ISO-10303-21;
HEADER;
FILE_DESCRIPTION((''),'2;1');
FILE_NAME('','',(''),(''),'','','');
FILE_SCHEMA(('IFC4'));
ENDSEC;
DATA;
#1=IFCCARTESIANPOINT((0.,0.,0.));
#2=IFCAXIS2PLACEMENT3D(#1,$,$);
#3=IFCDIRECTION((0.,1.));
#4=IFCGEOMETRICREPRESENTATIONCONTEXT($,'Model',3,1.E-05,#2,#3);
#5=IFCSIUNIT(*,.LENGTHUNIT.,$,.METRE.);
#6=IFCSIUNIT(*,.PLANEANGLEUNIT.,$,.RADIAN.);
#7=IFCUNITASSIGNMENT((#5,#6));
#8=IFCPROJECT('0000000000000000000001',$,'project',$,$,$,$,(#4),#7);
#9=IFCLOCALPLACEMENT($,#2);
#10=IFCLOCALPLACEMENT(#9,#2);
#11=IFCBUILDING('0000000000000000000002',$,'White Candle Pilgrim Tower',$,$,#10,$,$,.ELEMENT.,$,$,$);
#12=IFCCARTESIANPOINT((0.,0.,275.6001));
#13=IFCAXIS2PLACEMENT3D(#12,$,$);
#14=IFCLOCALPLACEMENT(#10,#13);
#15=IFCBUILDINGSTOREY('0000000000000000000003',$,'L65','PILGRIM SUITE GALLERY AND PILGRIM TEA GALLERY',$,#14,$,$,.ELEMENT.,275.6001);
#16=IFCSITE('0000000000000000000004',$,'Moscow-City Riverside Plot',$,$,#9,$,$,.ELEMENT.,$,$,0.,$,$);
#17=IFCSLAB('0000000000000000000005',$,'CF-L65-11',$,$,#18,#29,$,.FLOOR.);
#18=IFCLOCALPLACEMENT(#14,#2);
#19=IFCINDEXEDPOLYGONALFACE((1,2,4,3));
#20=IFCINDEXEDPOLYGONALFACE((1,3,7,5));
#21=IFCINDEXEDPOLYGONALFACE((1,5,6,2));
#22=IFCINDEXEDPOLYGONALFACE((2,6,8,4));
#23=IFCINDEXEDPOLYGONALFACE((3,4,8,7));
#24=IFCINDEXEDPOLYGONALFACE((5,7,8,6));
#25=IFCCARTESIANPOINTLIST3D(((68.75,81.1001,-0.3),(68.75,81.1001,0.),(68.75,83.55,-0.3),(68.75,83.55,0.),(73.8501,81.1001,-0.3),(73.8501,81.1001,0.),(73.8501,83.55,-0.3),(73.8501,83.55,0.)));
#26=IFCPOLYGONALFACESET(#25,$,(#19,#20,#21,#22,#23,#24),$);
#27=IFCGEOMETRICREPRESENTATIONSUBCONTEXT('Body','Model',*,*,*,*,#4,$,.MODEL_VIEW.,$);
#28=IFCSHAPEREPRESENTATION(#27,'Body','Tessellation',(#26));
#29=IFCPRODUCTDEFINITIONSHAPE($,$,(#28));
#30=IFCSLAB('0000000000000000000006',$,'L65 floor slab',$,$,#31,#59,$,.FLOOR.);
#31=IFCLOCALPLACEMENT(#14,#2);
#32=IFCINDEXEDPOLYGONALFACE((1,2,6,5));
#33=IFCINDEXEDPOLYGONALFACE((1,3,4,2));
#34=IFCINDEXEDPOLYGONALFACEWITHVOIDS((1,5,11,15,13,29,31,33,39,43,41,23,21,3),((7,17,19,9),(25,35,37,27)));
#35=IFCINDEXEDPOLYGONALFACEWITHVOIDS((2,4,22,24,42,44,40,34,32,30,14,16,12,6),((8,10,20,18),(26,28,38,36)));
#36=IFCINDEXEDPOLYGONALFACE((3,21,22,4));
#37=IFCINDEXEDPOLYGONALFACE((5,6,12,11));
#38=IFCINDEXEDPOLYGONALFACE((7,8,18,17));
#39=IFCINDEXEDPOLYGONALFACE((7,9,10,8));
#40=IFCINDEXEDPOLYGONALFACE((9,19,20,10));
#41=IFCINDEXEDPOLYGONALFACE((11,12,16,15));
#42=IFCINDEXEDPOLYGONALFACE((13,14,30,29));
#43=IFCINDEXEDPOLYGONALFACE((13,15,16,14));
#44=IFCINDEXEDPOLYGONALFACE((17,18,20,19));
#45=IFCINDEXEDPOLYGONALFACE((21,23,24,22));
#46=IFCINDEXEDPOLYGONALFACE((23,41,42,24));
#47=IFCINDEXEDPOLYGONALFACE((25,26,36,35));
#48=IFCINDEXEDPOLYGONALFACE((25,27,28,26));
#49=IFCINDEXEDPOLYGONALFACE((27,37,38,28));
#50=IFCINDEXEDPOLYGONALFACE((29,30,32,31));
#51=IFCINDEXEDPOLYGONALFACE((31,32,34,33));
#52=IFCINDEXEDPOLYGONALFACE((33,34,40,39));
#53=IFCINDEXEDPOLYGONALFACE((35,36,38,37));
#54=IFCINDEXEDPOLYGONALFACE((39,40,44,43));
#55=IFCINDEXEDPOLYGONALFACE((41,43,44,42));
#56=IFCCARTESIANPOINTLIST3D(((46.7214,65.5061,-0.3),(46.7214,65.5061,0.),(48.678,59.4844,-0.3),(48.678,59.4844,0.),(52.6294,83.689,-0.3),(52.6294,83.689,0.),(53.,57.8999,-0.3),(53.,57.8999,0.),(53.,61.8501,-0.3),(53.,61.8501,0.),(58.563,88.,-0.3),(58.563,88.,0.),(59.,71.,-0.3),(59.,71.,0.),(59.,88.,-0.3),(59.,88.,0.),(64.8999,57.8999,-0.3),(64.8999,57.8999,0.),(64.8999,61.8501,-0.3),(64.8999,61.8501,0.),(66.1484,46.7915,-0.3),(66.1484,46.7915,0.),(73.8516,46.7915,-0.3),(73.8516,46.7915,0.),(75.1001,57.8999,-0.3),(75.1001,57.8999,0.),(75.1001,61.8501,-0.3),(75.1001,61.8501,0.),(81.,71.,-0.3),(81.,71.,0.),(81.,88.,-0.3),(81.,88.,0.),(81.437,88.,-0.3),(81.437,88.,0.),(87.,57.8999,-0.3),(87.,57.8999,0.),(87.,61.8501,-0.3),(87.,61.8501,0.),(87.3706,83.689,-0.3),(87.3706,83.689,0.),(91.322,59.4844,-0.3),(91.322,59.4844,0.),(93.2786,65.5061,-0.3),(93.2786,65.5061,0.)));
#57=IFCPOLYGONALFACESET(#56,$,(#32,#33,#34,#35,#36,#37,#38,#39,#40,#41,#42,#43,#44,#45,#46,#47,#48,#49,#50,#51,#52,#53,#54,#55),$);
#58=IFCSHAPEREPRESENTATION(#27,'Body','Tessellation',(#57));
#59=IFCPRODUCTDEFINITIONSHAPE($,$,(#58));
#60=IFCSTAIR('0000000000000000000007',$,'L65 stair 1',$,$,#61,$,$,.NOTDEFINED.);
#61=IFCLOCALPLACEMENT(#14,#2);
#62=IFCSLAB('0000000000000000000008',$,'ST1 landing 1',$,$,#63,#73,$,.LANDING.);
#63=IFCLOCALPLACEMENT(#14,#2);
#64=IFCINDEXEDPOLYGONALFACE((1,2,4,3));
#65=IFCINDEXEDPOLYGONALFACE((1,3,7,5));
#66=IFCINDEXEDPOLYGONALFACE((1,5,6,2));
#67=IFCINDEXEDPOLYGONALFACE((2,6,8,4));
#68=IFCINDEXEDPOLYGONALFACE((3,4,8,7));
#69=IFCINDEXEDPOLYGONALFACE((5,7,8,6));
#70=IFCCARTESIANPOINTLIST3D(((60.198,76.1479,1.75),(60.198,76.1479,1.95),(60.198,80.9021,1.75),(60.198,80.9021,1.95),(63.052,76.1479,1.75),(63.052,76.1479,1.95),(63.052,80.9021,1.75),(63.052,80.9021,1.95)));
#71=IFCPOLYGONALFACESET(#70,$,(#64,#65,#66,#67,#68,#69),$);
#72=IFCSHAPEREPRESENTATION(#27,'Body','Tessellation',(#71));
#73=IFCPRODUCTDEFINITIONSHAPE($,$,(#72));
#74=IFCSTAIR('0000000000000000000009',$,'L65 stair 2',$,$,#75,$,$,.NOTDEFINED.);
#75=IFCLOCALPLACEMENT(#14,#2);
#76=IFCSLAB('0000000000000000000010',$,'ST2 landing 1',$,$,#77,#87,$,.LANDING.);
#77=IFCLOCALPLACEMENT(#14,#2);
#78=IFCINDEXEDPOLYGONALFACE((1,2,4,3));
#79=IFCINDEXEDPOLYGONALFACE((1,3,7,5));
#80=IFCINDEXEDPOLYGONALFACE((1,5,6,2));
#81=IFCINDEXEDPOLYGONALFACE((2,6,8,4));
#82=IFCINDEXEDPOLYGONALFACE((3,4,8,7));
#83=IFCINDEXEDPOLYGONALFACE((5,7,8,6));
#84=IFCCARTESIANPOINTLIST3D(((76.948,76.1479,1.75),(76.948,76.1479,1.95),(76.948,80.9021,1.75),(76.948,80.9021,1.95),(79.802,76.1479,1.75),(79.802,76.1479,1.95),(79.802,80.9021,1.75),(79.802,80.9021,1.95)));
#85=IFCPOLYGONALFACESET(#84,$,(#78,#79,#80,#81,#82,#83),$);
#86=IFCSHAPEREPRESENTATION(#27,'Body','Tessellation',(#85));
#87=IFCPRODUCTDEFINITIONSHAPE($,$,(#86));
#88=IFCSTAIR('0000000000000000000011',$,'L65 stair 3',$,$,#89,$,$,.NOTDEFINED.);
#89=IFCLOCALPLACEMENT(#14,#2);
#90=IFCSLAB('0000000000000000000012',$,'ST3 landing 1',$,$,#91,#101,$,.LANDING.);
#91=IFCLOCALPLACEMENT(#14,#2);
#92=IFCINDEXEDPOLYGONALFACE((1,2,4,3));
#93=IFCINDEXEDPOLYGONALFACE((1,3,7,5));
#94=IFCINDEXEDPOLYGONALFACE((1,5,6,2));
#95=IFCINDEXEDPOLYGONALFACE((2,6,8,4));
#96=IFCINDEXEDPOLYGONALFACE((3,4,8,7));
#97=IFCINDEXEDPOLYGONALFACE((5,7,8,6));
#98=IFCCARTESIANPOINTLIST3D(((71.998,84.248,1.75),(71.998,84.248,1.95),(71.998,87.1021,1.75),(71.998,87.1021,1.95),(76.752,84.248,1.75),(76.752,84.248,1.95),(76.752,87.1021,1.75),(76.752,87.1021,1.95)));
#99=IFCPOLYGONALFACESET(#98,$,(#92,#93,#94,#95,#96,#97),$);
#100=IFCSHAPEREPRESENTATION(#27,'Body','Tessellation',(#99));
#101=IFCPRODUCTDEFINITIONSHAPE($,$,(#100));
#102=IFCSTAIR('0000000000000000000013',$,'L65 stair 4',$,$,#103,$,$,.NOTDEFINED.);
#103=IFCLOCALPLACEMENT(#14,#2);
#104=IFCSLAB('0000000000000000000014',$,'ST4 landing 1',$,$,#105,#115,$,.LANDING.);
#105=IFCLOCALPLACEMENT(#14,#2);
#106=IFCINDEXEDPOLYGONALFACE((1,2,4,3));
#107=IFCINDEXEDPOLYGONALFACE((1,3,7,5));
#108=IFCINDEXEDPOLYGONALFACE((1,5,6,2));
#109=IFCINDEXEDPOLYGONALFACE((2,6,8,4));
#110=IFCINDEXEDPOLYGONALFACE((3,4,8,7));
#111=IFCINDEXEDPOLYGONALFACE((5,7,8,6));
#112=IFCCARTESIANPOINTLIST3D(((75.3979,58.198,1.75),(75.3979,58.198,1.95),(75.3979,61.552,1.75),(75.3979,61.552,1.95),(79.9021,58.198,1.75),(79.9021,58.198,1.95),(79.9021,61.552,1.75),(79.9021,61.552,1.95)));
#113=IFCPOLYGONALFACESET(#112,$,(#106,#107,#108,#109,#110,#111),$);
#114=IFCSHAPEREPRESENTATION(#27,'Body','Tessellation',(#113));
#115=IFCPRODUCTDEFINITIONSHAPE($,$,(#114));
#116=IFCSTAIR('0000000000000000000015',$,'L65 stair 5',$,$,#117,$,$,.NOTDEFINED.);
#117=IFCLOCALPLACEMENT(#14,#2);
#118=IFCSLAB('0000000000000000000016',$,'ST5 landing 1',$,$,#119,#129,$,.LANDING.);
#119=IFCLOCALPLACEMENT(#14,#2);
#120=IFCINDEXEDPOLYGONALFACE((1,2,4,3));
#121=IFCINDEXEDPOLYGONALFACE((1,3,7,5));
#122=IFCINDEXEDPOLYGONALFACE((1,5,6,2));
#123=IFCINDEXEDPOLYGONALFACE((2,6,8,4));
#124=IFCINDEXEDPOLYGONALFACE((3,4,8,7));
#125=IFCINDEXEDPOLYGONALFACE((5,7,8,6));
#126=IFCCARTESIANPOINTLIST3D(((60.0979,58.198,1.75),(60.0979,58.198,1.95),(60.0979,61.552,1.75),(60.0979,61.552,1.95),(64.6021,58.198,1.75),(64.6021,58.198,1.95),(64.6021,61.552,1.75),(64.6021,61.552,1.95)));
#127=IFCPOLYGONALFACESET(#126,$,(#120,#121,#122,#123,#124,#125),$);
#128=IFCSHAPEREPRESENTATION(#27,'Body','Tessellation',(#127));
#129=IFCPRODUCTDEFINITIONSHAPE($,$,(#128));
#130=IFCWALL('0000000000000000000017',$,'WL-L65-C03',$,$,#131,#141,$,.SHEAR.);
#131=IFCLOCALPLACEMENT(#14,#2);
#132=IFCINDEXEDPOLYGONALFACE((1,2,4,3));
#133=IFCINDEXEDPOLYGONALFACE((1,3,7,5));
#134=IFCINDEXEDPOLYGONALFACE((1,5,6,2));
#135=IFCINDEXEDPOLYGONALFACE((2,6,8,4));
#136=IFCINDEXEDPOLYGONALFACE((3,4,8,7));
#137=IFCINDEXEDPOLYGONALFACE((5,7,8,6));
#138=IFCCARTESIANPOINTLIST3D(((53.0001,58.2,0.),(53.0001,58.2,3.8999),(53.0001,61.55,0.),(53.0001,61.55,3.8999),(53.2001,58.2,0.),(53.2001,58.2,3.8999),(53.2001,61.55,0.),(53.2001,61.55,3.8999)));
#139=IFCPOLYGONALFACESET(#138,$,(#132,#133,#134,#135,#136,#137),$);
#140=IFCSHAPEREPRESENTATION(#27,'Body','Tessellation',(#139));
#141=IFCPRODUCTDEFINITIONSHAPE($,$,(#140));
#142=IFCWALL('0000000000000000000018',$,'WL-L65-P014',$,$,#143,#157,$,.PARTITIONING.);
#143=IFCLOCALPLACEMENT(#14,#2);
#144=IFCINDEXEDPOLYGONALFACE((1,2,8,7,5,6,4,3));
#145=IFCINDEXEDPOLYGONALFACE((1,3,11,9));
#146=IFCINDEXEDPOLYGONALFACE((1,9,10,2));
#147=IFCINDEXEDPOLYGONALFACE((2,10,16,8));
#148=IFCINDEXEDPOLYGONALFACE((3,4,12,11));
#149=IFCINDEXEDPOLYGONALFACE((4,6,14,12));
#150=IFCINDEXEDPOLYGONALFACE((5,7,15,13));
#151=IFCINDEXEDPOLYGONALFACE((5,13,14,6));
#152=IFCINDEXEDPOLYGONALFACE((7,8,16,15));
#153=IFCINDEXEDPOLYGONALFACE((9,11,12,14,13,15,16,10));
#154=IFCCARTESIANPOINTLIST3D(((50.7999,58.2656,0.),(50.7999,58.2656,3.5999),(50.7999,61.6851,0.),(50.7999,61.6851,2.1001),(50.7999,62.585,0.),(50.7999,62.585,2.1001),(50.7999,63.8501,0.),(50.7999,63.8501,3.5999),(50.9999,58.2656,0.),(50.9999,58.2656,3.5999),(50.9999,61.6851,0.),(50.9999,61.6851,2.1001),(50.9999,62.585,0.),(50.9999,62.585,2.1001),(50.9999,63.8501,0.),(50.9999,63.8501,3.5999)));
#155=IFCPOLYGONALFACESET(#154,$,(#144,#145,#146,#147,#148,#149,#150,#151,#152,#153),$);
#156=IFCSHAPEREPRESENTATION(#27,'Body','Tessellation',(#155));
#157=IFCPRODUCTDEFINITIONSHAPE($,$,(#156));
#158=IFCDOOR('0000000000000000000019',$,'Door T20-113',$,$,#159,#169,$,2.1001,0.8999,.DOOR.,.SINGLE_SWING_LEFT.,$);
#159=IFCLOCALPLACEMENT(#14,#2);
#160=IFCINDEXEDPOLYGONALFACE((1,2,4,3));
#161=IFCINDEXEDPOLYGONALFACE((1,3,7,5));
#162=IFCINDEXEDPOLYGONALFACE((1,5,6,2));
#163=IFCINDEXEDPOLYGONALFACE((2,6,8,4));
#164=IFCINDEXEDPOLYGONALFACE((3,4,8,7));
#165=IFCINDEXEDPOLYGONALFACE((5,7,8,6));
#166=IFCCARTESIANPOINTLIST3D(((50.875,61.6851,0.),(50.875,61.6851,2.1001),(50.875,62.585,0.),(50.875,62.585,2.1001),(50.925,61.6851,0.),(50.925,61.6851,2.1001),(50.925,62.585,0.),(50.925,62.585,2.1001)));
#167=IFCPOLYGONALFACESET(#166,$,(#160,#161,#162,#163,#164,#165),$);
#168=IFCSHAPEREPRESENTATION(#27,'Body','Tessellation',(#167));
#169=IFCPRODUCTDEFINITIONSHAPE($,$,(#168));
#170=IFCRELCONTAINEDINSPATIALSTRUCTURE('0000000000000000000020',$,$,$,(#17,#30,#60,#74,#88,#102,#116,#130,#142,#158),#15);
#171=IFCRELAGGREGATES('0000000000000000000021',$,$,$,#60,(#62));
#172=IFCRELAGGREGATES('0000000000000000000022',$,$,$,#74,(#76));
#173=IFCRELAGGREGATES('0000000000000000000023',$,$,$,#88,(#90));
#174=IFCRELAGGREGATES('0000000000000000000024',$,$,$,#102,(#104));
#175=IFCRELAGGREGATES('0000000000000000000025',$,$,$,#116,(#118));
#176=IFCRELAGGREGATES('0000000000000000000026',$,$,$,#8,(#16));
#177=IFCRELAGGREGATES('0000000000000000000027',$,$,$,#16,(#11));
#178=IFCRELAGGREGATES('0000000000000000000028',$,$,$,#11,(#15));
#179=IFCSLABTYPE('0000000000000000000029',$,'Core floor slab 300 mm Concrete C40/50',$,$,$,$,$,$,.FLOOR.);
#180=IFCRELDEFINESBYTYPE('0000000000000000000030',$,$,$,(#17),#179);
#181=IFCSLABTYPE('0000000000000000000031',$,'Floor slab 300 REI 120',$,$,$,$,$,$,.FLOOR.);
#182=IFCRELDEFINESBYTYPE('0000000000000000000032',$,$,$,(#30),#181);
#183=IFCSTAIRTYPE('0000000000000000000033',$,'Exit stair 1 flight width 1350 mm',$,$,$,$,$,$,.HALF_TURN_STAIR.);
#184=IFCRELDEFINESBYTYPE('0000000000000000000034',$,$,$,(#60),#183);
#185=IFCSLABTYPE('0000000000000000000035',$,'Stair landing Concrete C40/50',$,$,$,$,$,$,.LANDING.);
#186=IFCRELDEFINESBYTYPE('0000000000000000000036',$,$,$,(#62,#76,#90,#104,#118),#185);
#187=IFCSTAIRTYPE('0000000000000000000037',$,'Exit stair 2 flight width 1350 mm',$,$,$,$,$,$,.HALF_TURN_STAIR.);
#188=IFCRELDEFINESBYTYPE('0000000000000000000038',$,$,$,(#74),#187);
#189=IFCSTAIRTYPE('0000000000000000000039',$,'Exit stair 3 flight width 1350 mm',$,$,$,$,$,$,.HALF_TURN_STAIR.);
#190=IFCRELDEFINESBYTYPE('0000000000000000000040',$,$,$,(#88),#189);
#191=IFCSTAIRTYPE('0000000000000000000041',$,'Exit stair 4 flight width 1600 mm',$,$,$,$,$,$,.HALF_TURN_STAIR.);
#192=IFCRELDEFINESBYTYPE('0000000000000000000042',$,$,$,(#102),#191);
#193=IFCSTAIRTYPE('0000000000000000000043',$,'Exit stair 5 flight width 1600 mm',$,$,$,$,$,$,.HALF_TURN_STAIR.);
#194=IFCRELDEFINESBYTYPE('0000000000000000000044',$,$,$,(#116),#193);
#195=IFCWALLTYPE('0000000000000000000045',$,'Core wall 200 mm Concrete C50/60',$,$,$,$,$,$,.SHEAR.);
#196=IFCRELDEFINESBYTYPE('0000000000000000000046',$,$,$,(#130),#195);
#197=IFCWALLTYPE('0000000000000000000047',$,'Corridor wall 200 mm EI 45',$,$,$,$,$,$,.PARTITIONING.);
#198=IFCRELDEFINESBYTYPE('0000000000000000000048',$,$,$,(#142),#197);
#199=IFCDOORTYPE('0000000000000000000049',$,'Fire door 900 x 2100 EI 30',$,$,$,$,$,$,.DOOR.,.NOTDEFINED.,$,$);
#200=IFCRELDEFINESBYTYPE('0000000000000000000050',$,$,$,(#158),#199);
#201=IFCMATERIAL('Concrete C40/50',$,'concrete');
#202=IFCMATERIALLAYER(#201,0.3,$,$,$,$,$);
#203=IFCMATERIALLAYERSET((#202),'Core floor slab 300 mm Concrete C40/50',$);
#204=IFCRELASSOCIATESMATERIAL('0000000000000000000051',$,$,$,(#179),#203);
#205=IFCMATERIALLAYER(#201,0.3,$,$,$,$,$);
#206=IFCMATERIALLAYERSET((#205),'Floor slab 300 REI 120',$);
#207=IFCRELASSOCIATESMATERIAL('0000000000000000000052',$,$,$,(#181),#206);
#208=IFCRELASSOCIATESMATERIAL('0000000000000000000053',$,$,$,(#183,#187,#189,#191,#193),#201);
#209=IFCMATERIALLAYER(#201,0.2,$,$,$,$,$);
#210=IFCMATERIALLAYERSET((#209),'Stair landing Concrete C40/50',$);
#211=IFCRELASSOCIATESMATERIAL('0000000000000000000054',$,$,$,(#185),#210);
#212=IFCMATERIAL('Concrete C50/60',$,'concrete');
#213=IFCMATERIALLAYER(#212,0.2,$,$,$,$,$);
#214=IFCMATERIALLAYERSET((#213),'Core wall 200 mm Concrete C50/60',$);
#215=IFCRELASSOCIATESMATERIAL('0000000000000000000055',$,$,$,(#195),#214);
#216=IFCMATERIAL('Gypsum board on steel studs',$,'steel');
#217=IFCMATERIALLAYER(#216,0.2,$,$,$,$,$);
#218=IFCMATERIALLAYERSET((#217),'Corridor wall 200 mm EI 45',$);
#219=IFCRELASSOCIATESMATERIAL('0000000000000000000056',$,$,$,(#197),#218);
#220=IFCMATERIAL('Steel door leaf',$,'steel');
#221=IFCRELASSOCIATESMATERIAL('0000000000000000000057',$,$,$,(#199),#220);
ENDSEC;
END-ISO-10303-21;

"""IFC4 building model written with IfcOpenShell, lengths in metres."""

from ifc_helpers import new_model, si_unit, direction, frame, frame_2d, origin, place, context, subcontext, project, spatial, polyline, rectangle, outline, extrude, material, layer, layer_set, type_object, element, fill, aggregate, save


model = new_model("IFC4")

# Units and contexts
model_context = context("Model", 3, precision=1e-05, world=origin(), true_north=direction((0.0, 1.0)))
body_context = subcontext(model_context, "Body", "Model", "MODEL_VIEW")
ifc_project = project(units=[si_unit("LENGTHUNIT", "METRE"), si_unit("PLANEANGLEUNIT", "RADIAN")], contexts=[model_context])

# Site, building, storey
site_placement = place(None, origin())
site = spatial("IfcSite", under=ifc_project, at=site_placement, Name="Moscow-City Riverside Plot", CompositionType="ELEMENT", RefElevation=0.0)
building_placement = place(site_placement, origin())
building = spatial("IfcBuilding", under=site, at=building_placement, Name="White Candle Pilgrim Tower", CompositionType="ELEMENT")
storey_placement = place(building_placement, frame((0.0, 0.0, 275.6001)))
storey = spatial("IfcBuildingStorey", under=building, at=storey_placement, Name="L65", Description="PILGRIM SUITE GALLERY AND PILGRIM TEA GALLERY", CompositionType="ELEMENT", Elevation=275.6001)

# Slabs
ifc_material_1 = material(Name="Concrete C40/50", Category="concrete")
ifc_layer_1 = layer(ifc_material_1, 0.3)
ifc_layer_set_1 = layer_set([ifc_layer_1], Name="Core floor slab 300 mm Concrete C40/50")
slab_type_1 = type_object("IfcSlabType", Name="Core floor slab 300 mm Concrete C40/50", PredefinedType="FLOOR", material=ifc_layer_set_1)
slab_1_placement = place(storey_placement, frame((0.0, 0.0, -0.3)))
element("IfcSlab", 1, at=slab_1_placement, inside=storey, type_object=slab_type_1, Name="CF-L65-11", PredefinedType="FLOOR", context=body_context, shape_type="SweptSolid", body=[
    extrude(outline(polyline([(73.8501, 83.55), (73.8501, 81.1001), (68.75, 81.1001), (68.75, 83.55), (73.8501, 83.55)])), origin(), (0.0, 0.0, 1.0), 0.3),
])
ifc_layer_2 = layer(ifc_material_1, 0.3)
ifc_layer_set_2 = layer_set([ifc_layer_2], Name="Floor slab 300 REI 120")
slab_type_2 = type_object("IfcSlabType", Name="Floor slab 300 REI 120", PredefinedType="FLOOR", material=ifc_layer_set_2)
slab_2_placement = place(storey_placement, frame((0.0, 0.0, -0.3)))
element("IfcSlab", 2, at=slab_2_placement, inside=storey, type_object=slab_type_2, Name="L65 floor slab", PredefinedType="FLOOR", context=body_context, shape_type="SweptSolid", body=[
    extrude(outline(polyline([(66.1484, 46.7915), (73.8516, 46.7915), (91.322, 59.4844), (93.2786, 65.5061), (87.3706, 83.689), (81.437, 88.0), (81.0, 88.0), (81.0, 71.0), (59.0, 71.0), (59.0, 88.0), (58.563, 88.0), (52.6294, 83.689), (46.7214, 65.5061), (48.678, 59.4844), (66.1484, 46.7915)]), holes=[polyline([(53.0, 57.8999), (53.0, 61.8501), (64.8999, 61.8501), (64.8999, 57.8999), (53.0, 57.8999)]), polyline([(75.1001, 57.8999), (75.1001, 61.8501), (87.0, 61.8501), (87.0, 57.8999), (75.1001, 57.8999)])]), origin(), (0.0, 0.0, 1.0), 0.3),
])

# Stairs, slabs
stair_type_1 = type_object("IfcStairType", Name="Exit stair 1 flight width 1350 mm", PredefinedType="HALF_TURN_STAIR", material=ifc_material_1)
stair_1_placement = place(storey_placement, origin())
stair_1 = element("IfcStair", 3, at=stair_1_placement, inside=storey, type_object=stair_type_1, Name="L65 stair 1", PredefinedType="NOTDEFINED")
ifc_layer_3 = layer(ifc_material_1, 0.2)
ifc_layer_set_3 = layer_set([ifc_layer_3], Name="Stair landing Concrete C40/50")
slab_type_3 = type_object("IfcSlabType", Name="Stair landing Concrete C40/50", PredefinedType="LANDING", material=ifc_layer_set_3)
slab_3_placement = place(storey_placement, frame((0.0, 0.0, 1.75)))
slab_3 = element("IfcSlab", 4, at=slab_3_placement, type_object=slab_type_3, Name="ST1 landing 1", PredefinedType="LANDING", context=body_context, shape_type="SweptSolid", body=[
    extrude(outline(polyline([(63.052, 76.1479), (60.198, 76.1479), (60.198, 80.9021), (63.052, 80.9021), (63.052, 76.1479)])), origin(), (0.0, 0.0, 1.0), 0.2),
])
aggregate(stair_1, [slab_3])
stair_type_2 = type_object("IfcStairType", Name="Exit stair 2 flight width 1350 mm", PredefinedType="HALF_TURN_STAIR", material=ifc_material_1)
stair_2_placement = place(storey_placement, origin())
stair_2 = element("IfcStair", 5, at=stair_2_placement, inside=storey, type_object=stair_type_2, Name="L65 stair 2", PredefinedType="NOTDEFINED")
slab_4_placement = place(storey_placement, frame((0.0, 0.0, 1.75)))
slab_4 = element("IfcSlab", 6, at=slab_4_placement, type_object=slab_type_3, Name="ST2 landing 1", PredefinedType="LANDING", context=body_context, shape_type="SweptSolid", body=[
    extrude(outline(polyline([(79.802, 76.1479), (76.948, 76.1479), (76.948, 80.9021), (79.802, 80.9021), (79.802, 76.1479)])), origin(), (0.0, 0.0, 1.0), 0.2),
])
aggregate(stair_2, [slab_4])
stair_type_3 = type_object("IfcStairType", Name="Exit stair 3 flight width 1350 mm", PredefinedType="HALF_TURN_STAIR", material=ifc_material_1)
stair_3_placement = place(storey_placement, origin())
stair_3 = element("IfcStair", 7, at=stair_3_placement, inside=storey, type_object=stair_type_3, Name="L65 stair 3", PredefinedType="NOTDEFINED")
slab_5_placement = place(storey_placement, frame((0.0, 0.0, 1.75)))
slab_5 = element("IfcSlab", 8, at=slab_5_placement, type_object=slab_type_3, Name="ST3 landing 1", PredefinedType="LANDING", context=body_context, shape_type="SweptSolid", body=[
    extrude(outline(polyline([(71.998, 84.248), (71.998, 87.1021), (76.752, 87.1021), (76.752, 84.248), (71.998, 84.248)])), origin(), (0.0, 0.0, 1.0), 0.2),
])
aggregate(stair_3, [slab_5])
stair_type_4 = type_object("IfcStairType", Name="Exit stair 4 flight width 1600 mm", PredefinedType="HALF_TURN_STAIR", material=ifc_material_1)
stair_4_placement = place(storey_placement, origin())
stair_4 = element("IfcStair", 9, at=stair_4_placement, inside=storey, type_object=stair_type_4, Name="L65 stair 4", PredefinedType="NOTDEFINED")
slab_6_placement = place(storey_placement, frame((0.0, 0.0, 1.75)))
slab_6 = element("IfcSlab", 10, at=slab_6_placement, type_object=slab_type_3, Name="ST4 landing 1", PredefinedType="LANDING", context=body_context, shape_type="SweptSolid", body=[
    extrude(outline(polyline([(79.9021, 61.552), (79.9021, 58.198), (75.3979, 58.198), (75.3979, 61.552), (79.9021, 61.552)])), origin(), (0.0, 0.0, 1.0), 0.2),
])
aggregate(stair_4, [slab_6])
stair_type_5 = type_object("IfcStairType", Name="Exit stair 5 flight width 1600 mm", PredefinedType="HALF_TURN_STAIR", material=ifc_material_1)
stair_5_placement = place(storey_placement, origin())
stair_5 = element("IfcStair", 11, at=stair_5_placement, inside=storey, type_object=stair_type_5, Name="L65 stair 5", PredefinedType="NOTDEFINED")
slab_7_placement = place(storey_placement, frame((0.0, 0.0, 1.75)))
slab_7 = element("IfcSlab", 12, at=slab_7_placement, type_object=slab_type_3, Name="ST5 landing 1", PredefinedType="LANDING", context=body_context, shape_type="SweptSolid", body=[
    extrude(outline(polyline([(60.0979, 58.198), (60.0979, 61.552), (64.6021, 61.552), (64.6021, 58.198), (60.0979, 58.198)])), origin(), (0.0, 0.0, 1.0), 0.2),
])
aggregate(stair_5, [slab_7])

# Wall
ifc_material_2 = material(Name="Concrete C50/60", Category="concrete")
ifc_layer_4 = layer(ifc_material_2, 0.2)
ifc_layer_set_4 = layer_set([ifc_layer_4], Name="Core wall 200 mm Concrete C50/60")
wall_type_1 = type_object("IfcWallType", Name="Core wall 200 mm Concrete C50/60", PredefinedType="SHEAR", material=ifc_layer_set_4)
wall_1_placement = place(storey_placement, frame((53.1001, 58.2, 0.0), z_axis=(0.0, 0.0, 1.0), x_axis=(0.0, 1.0, 0.0)))
element("IfcWall", 13, at=wall_1_placement, inside=storey, type_object=wall_type_1, Name="WL-L65-C03", PredefinedType="SHEAR", context=body_context, shape_type="SweptSolid", body=[
    extrude(rectangle(XDim=3.3501, YDim=0.2, at=frame_2d((1.675, 0.0))), origin(), (0.0, 0.0, 1.0), 3.8999),
])

# Wall, opening, door
ifc_material_3 = material(Name="Gypsum board on steel studs", Category="steel")
ifc_layer_5 = layer(ifc_material_3, 0.2)
ifc_layer_set_5 = layer_set([ifc_layer_5], Name="Corridor wall 200 mm EI 45")
wall_type_2 = type_object("IfcWallType", Name="Corridor wall 200 mm EI 45", PredefinedType="PARTITIONING", material=ifc_layer_set_5)
wall_2_placement = place(storey_placement, frame((50.8999, 58.2656, 0.0), z_axis=(0.0, 0.0, 1.0), x_axis=(0.0, 1.0, 0.0)))
wall_2 = element("IfcWall", 14, at=wall_2_placement, inside=storey, type_object=wall_type_2, Name="WL-L65-P014", PredefinedType="PARTITIONING", context=body_context, shape_type="SweptSolid", body=[
    extrude(rectangle(XDim=5.5845, YDim=0.2, at=frame_2d((2.7922, 0.0))), origin(), (0.0, 0.0, 1.0), 3.5999),
])
opening_1_placement = place(wall_2_placement, frame((3.4194, 0.0, 0.0)))
opening_1 = element("IfcOpeningElement", 15, at=opening_1_placement, cuts=wall_2, PredefinedType="OPENING", context=body_context, shape_type="SweptSolid", body=[
    extrude(rectangle(XDim=0.8999, YDim=2.1001, at=frame_2d((0.45, 1.05))), frame((0.0, 0.1099, 0.0), z_axis=(0.0, -1.0, 0.0), x_axis=(1.0, 0.0, 0.0)), (0.0, 0.0, 1.0), 0.22),
])
ifc_material_4 = material(Name="Steel door leaf", Category="steel")
door_type_1 = type_object("IfcDoorType", Name="Fire door 900 x 2100 EI 30", OperationType="NOTDEFINED", PredefinedType="DOOR", material=ifc_material_4)
door_1_placement = place(opening_1_placement, origin())
door_1 = element("IfcDoor", 16, at=door_1_placement, inside=storey, type_object=door_type_1, Name="Door T20-113", OperationType="SINGLE_SWING_LEFT", OverallHeight=2.1001, OverallWidth=0.8999, PredefinedType="DOOR", context=body_context, shape_type="SweptSolid", body=[
    extrude(rectangle(XDim=0.8999, YDim=2.1001, at=frame_2d((0.45, 1.05))), frame((0.0, 0.0249, 0.0), z_axis=(0.0, -1.0, 0.0), x_axis=(1.0, 0.0, 0.0)), (0.0, 0.0, 1.0), 0.05),
])
fill(opening_1, door_1)

save(model, "model.ifc")
